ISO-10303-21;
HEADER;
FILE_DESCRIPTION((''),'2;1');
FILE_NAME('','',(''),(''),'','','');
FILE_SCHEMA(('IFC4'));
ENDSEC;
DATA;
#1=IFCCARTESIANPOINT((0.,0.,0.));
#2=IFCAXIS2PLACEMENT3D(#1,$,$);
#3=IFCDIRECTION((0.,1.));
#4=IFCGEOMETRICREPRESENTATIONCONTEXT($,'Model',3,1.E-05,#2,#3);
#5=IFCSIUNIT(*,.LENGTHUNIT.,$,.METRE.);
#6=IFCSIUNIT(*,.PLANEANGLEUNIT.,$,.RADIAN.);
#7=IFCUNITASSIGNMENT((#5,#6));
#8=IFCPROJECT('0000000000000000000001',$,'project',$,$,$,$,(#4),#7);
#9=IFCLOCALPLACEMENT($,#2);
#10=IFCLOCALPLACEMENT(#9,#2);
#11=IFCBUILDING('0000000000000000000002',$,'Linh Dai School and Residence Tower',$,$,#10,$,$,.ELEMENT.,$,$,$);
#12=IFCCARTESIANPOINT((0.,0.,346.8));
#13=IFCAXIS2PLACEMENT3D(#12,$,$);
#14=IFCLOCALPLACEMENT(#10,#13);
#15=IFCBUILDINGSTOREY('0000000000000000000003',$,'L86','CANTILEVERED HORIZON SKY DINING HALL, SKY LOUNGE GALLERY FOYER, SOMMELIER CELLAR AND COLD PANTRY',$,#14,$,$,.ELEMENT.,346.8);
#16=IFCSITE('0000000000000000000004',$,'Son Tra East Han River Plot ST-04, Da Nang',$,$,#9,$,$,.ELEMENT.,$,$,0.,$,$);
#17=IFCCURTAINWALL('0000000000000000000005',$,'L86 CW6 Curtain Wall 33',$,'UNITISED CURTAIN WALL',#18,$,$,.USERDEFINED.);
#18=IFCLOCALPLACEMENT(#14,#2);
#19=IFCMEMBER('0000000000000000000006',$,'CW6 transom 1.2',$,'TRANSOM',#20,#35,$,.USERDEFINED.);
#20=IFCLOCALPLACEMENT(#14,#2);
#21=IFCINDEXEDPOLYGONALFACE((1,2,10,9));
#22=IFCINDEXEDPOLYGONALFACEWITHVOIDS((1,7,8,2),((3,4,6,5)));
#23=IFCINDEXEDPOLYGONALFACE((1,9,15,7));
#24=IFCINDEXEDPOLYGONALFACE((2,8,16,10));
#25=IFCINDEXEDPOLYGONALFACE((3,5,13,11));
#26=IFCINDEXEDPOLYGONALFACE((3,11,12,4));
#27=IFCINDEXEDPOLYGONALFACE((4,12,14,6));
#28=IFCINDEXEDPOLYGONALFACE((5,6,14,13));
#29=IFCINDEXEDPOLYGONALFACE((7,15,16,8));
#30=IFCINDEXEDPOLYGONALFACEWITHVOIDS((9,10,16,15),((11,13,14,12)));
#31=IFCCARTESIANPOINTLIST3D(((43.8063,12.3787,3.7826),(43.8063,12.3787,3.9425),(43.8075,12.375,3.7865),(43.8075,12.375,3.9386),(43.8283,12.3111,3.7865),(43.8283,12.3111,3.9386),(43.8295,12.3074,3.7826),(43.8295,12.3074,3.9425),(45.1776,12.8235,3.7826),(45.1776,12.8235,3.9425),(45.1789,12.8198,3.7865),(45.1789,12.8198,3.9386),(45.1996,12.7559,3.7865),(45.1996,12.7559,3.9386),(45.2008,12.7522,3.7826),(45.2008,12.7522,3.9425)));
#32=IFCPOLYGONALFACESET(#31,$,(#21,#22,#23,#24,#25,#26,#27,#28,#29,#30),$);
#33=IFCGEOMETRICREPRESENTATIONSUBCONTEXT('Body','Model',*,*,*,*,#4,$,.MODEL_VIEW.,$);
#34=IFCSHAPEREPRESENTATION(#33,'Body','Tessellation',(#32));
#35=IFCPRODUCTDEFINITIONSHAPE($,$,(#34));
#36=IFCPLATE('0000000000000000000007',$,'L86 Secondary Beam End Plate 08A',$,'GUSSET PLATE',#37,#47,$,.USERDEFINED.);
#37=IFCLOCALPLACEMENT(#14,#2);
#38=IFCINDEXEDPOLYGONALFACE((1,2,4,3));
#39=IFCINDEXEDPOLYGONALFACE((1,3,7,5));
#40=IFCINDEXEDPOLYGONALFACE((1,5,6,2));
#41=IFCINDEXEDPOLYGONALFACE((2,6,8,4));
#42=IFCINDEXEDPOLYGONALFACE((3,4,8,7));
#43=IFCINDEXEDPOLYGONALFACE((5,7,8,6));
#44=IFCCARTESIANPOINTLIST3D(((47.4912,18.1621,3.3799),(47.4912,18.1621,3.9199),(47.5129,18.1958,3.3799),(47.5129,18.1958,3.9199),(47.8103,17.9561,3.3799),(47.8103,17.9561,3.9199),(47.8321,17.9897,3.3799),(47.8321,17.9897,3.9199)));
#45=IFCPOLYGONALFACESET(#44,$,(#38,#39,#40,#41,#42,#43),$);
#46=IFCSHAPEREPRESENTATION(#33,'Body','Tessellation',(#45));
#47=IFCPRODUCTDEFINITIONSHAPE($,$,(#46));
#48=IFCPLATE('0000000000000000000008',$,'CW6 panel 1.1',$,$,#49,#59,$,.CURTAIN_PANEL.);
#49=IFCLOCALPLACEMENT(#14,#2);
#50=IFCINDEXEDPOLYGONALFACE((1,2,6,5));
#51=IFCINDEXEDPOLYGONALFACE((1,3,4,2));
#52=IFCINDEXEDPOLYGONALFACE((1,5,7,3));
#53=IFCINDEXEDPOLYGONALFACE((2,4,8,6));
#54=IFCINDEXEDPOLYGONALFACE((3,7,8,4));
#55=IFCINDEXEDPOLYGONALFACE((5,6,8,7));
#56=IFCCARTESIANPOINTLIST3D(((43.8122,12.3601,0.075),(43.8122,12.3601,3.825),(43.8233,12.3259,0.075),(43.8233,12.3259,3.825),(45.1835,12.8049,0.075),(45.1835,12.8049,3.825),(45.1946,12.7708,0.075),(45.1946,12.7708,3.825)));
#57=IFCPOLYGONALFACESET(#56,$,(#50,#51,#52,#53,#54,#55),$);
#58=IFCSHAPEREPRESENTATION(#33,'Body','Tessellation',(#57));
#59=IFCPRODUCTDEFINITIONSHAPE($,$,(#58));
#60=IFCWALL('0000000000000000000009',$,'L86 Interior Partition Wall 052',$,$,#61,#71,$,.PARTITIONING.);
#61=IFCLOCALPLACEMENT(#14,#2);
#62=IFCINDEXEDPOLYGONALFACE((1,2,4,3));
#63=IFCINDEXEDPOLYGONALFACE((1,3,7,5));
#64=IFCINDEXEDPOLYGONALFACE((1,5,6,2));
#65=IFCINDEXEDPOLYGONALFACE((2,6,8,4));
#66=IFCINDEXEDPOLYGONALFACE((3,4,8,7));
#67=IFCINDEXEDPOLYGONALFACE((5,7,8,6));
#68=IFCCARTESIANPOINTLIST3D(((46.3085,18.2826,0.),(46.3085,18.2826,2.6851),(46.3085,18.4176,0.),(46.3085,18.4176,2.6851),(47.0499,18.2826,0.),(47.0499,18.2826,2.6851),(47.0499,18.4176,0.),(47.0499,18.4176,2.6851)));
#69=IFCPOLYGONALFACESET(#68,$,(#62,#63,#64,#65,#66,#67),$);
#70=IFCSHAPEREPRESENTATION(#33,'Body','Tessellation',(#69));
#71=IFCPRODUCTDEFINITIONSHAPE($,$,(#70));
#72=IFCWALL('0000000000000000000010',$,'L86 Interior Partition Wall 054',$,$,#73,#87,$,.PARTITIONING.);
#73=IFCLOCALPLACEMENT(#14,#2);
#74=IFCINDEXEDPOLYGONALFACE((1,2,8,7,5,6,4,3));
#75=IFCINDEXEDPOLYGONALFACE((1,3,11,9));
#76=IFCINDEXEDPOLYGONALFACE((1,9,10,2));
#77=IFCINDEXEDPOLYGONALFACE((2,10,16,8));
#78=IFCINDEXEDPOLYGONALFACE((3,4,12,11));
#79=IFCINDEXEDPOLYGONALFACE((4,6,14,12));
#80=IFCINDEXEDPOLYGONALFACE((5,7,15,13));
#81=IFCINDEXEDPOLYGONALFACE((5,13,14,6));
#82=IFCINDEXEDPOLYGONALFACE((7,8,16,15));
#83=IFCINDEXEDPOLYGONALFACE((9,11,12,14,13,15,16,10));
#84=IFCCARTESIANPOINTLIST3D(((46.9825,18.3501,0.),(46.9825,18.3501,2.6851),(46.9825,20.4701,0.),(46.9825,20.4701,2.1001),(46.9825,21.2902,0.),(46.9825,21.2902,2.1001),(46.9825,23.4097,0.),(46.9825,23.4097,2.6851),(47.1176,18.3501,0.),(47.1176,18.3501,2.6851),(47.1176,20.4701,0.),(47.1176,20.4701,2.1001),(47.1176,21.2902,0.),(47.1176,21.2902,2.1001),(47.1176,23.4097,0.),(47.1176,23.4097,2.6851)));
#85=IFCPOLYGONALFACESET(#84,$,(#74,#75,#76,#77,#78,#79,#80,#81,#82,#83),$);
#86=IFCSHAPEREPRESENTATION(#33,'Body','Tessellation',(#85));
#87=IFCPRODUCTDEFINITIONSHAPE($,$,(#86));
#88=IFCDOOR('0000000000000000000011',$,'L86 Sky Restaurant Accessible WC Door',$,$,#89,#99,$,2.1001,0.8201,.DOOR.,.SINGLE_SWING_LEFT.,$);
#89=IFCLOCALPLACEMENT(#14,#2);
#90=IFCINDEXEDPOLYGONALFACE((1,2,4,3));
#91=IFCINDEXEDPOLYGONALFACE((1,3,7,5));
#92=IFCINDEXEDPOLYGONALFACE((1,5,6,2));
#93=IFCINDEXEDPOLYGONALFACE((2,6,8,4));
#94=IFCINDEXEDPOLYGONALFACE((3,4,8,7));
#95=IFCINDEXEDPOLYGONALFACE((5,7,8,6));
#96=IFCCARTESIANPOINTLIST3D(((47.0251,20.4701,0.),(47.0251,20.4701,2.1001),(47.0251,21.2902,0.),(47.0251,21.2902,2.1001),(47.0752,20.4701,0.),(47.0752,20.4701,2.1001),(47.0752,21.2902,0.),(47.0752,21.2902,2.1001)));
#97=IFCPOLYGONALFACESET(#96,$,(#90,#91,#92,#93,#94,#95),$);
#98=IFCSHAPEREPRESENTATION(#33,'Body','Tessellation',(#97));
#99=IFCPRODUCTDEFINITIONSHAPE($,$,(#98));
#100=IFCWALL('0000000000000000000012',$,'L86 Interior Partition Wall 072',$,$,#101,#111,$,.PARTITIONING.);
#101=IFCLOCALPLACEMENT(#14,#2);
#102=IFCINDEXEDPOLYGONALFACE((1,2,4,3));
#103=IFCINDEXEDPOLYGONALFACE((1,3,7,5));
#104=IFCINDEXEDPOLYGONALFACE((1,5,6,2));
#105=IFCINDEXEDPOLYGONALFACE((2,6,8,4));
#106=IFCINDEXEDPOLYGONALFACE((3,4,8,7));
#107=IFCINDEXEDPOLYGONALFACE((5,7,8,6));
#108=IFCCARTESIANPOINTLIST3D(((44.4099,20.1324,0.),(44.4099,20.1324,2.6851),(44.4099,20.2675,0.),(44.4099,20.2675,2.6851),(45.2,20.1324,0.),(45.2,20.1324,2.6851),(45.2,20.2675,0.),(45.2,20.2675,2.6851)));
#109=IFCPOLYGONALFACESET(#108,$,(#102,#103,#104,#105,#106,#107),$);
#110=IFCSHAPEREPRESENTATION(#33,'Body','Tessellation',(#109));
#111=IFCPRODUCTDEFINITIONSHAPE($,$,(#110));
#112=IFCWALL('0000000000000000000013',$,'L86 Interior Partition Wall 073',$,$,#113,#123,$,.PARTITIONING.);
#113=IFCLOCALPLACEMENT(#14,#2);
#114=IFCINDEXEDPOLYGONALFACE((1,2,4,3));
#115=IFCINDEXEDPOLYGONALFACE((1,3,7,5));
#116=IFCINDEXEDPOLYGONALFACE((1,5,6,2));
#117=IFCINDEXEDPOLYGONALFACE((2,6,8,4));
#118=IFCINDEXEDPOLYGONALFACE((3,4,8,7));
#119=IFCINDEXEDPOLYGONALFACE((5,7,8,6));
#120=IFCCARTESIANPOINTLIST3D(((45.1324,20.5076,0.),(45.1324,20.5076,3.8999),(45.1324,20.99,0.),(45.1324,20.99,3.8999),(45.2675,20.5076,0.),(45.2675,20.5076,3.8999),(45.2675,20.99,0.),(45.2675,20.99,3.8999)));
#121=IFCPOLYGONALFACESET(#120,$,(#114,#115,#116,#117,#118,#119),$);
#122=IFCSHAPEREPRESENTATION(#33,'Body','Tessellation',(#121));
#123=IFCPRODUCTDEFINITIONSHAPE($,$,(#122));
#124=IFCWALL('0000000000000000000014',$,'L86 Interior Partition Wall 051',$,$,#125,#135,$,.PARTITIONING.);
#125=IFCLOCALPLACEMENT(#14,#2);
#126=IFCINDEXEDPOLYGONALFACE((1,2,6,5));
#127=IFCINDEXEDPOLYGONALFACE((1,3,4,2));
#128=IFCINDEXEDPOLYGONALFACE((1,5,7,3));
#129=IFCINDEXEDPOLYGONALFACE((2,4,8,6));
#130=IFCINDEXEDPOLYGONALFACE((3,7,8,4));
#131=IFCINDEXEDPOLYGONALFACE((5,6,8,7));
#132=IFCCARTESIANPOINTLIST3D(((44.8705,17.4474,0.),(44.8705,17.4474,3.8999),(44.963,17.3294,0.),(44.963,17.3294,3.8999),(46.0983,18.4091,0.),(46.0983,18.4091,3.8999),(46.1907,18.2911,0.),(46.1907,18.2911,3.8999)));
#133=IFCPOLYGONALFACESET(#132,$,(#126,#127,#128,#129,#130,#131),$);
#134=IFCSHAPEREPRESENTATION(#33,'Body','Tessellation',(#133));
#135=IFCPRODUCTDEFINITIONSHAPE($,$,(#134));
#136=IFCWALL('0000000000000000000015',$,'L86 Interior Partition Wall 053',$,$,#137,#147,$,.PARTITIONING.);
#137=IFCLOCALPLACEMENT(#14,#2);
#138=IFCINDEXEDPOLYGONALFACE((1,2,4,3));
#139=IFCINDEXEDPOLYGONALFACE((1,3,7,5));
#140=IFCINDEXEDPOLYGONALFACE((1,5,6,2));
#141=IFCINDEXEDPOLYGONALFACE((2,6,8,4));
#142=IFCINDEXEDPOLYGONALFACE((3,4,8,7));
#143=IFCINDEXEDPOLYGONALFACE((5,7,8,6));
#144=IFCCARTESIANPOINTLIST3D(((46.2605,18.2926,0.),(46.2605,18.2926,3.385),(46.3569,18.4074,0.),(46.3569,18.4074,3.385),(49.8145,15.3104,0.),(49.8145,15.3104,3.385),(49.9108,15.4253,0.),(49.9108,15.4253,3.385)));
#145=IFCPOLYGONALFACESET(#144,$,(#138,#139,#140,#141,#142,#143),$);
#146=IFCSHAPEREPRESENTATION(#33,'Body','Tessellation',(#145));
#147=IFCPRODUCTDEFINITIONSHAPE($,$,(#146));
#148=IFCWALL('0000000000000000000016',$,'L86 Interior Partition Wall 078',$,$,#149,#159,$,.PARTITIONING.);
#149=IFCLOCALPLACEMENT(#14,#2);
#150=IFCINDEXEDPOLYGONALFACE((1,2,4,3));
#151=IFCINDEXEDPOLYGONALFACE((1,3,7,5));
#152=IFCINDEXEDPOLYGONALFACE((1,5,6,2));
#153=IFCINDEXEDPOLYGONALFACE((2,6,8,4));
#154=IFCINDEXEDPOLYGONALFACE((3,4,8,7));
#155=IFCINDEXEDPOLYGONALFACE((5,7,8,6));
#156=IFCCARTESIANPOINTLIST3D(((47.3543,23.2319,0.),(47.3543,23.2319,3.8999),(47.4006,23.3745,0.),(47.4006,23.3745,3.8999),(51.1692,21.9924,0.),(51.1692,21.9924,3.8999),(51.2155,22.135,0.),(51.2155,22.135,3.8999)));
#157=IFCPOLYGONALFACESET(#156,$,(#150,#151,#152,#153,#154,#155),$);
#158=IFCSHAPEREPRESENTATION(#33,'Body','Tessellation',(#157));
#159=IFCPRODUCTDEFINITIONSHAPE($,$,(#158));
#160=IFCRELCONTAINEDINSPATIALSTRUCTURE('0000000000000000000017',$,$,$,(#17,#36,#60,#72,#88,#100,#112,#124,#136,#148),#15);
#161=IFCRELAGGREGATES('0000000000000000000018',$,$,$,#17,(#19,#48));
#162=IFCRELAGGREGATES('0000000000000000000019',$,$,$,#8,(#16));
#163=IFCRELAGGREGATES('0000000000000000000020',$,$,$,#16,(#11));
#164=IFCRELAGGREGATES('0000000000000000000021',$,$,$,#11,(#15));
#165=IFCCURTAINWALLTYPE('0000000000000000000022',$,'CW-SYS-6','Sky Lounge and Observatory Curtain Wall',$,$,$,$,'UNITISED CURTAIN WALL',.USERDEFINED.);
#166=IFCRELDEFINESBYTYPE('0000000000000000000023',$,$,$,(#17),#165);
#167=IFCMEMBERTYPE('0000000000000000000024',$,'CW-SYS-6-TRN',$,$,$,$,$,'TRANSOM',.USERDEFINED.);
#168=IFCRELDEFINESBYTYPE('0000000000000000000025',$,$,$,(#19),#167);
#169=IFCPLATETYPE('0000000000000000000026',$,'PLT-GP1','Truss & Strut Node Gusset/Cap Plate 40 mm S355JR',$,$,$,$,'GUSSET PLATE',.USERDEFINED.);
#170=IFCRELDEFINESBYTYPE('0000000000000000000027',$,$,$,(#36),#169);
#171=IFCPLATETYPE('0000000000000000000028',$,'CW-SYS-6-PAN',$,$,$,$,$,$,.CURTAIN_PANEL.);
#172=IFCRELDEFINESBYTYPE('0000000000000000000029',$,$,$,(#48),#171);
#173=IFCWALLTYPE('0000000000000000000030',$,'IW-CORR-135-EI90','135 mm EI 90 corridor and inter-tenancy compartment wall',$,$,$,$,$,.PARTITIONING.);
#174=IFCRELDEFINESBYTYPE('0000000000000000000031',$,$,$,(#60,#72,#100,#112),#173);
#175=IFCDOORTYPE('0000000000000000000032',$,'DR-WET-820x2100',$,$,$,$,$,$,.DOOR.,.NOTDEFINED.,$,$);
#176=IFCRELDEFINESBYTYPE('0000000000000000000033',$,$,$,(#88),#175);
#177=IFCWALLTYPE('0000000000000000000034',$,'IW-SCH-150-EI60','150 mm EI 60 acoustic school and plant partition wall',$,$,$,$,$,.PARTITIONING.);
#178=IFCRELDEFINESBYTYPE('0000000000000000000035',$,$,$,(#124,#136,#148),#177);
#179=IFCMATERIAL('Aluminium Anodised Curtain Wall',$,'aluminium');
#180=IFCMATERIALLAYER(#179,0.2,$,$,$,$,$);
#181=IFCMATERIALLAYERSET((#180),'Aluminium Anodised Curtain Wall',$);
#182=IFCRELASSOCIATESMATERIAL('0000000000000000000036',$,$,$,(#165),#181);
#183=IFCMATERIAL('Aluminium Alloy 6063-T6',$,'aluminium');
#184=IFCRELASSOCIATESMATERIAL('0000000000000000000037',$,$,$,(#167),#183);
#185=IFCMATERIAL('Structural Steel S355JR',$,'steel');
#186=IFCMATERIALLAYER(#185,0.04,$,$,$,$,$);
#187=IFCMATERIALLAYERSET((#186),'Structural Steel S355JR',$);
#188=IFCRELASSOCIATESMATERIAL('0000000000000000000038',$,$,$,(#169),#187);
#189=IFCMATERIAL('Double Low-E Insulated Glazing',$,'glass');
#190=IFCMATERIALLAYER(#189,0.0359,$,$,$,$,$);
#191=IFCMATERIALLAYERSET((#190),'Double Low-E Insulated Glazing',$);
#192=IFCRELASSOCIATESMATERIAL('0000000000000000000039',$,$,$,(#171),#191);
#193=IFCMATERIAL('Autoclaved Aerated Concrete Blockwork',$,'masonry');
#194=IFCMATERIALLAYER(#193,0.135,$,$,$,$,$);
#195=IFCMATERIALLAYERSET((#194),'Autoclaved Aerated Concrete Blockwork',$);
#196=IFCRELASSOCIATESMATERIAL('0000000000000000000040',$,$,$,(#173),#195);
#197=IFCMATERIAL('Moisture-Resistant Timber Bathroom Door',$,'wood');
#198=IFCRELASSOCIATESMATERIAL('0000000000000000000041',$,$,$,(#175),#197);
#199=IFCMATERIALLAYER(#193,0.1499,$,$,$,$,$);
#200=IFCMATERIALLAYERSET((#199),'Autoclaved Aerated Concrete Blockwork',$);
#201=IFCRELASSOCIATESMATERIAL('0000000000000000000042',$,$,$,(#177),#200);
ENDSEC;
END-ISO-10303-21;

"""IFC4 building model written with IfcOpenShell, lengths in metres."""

from ifc_helpers import new_model, si_unit, direction, frame, frame_2d, origin, origin_2d, place, context, subcontext, project, spatial, rectangle, hollow_rectangle, extrude, source, transform, mapped, material, layer, layer_set, material_profile, profile_set, type_object, element, fill, aggregate, save


model = new_model("IFC4")

# Units and contexts
model_context = context("Model", 3, precision=1e-05, world=origin(), true_north=direction((0.0, 1.0)))
body_context = subcontext(model_context, "Body", "Model", "MODEL_VIEW")
ifc_project = project(units=[si_unit("LENGTHUNIT", "METRE"), si_unit("PLANEANGLEUNIT", "RADIAN")], contexts=[model_context])

# Site, building, storey
site_placement = place(None, origin())
site = spatial("IfcSite", under=ifc_project, at=site_placement, Name="Son Tra East Han River Plot ST-04, Da Nang", CompositionType="ELEMENT", RefElevation=0.0)
building_placement = place(site_placement, origin())
building = spatial("IfcBuilding", under=site, at=building_placement, Name="Linh Dai School and Residence Tower", CompositionType="ELEMENT")
storey_placement = place(building_placement, frame((0.0, 0.0, 346.8)))
storey = spatial("IfcBuildingStorey", under=building, at=storey_placement, Name="L86", Description="CANTILEVERED HORIZON SKY DINING HALL, SKY LOUNGE GALLERY FOYER, SOMMELIER CELLAR AND COLD PANTRY", CompositionType="ELEMENT", Elevation=346.8)

# Shared definitions
ifc_material_1 = material(Name="Structural Steel S355JR", Category="steel")

# Curtain wall, member
ifc_material_2 = material(Name="Aluminium Anodised Curtain Wall", Category="aluminium")
ifc_layer_1 = layer(ifc_material_2, 0.2)
ifc_layer_set_1 = layer_set([ifc_layer_1], Name="Aluminium Anodised Curtain Wall")
curtain_wall_type = type_object("IfcCurtainWallType", Name="CW-SYS-6", Description="Sky Lounge and Observatory Curtain Wall", ElementType="UNITISED CURTAIN WALL", PredefinedType="USERDEFINED", material=ifc_layer_set_1)
curtain_wall_placement = place(storey_placement, origin())
curtain_wall = element("IfcCurtainWall", 1, at=curtain_wall_placement, inside=storey, type_object=curtain_wall_type, Name="L86 CW6 Curtain Wall 33", ObjectType="UNITISED CURTAIN WALL", PredefinedType="USERDEFINED")
ifc_material_3 = material(Name="Aluminium Alloy 6063-T6", Category="aluminium")
ifc_material_profile_1 = material_profile(ifc_material_3, hollow_rectangle(XDim=0.075, YDim=0.1599, WallThickness=0.0039, at=origin_2d()), Name="RHS 160x75x4")
ifc_profile_set_1 = profile_set([ifc_material_profile_1], Name="Aluminium Alloy 6063-T6")
member_type_1 = type_object("IfcMemberType", Name="CW-SYS-6-TRN", ElementType="TRANSOM", PredefinedType="USERDEFINED", material=ifc_profile_set_1)
shared_shape_1 = source(origin(), body_context, "Body", "SweptSolid", [
    extrude(hollow_rectangle(XDim=0.075, YDim=0.1599, WallThickness=0.0039, at=origin_2d()), origin(), (0.0, 0.0, 1.0), 1.4417),
])
member_1_placement = place(storey_placement, frame((45.1892, 12.7878, 3.8625), z_axis=(-0.951209, -0.308546, 0.0), x_axis=(0.308546, -0.951209, 0.0)))
member_1 = element("IfcMember", 2, at=member_1_placement, type_object=member_type_1, Name="CW6 transom 1.2", ObjectType="TRANSOM", PredefinedType="USERDEFINED", context=body_context, shape_type="MappedRepresentation", body=[
    mapped(shared_shape_1, transform((0.0, 0.0, 0.0), x_axis=(1.0, 0.0, 0.0), y_axis=(0.0, 1.0, 0.0), z_axis=(0.0, 0.0, 1.0), scale=1.0)),
])

# Plates
ifc_layer_2 = layer(ifc_material_1, 0.04)
ifc_layer_set_2 = layer_set([ifc_layer_2], Name="Structural Steel S355JR")
plate_type_1 = type_object("IfcPlateType", Name="PLT-GP1", Description="Truss & Strut Node Gusset/Cap Plate 40 mm S355JR", ElementType="GUSSET PLATE", PredefinedType="USERDEFINED", material=ifc_layer_set_2)
shared_shape_2 = source(origin(), body_context, "Body", "SweptSolid", [
    extrude(rectangle(XDim=0.04, YDim=0.3799, at=origin_2d()), origin(), (0.0, 0.0, 1.0), 0.54),
])
plate_1_placement = place(storey_placement, frame((47.6616, 18.0759, 3.3799), z_axis=(0.0, 0.0, 1.0), x_axis=(0.542322, 0.840171, 0.0)))
element("IfcPlate", 3, at=plate_1_placement, inside=storey, type_object=plate_type_1, Name="L86 Secondary Beam End Plate 08A", ObjectType="GUSSET PLATE", PredefinedType="USERDEFINED", context=body_context, shape_type="MappedRepresentation", body=[
    mapped(shared_shape_2, transform((0.0, 0.0, 0.0), x_axis=(1.0, 0.0, 0.0), y_axis=(0.0, 1.0, 0.0), z_axis=(0.0, 0.0, 1.0), scale=1.0)),
])
ifc_material_4 = material(Name="Double Low-E Insulated Glazing", Category="glass")
ifc_layer_3 = layer(ifc_material_4, 0.0359)
ifc_layer_set_3 = layer_set([ifc_layer_3], Name="Double Low-E Insulated Glazing")
plate_type_2 = type_object("IfcPlateType", Name="CW-SYS-6-PAN", PredefinedType="CURTAIN_PANEL", material=ifc_layer_set_3)
shared_shape_3 = source(origin(), body_context, "Body", "SweptSolid", [
    extrude(rectangle(XDim=1.4417, YDim=0.0359, at=origin_2d()), origin(), (0.0, 0.0, 1.0), 3.75),
])
plate_2_placement = place(storey_placement, frame((44.5034, 12.5654, 0.075), z_axis=(0.0, 0.0, 1.0), x_axis=(-0.951203, -0.308565, 0.0)))
plate_2 = element("IfcPlate", 4, at=plate_2_placement, type_object=plate_type_2, Name="CW6 panel 1.1", PredefinedType="CURTAIN_PANEL", context=body_context, shape_type="MappedRepresentation", body=[
    mapped(shared_shape_3, transform((0.0, 0.0, 0.0), x_axis=(1.0, 0.0, 0.0), y_axis=(0.0, 1.0, 0.0), z_axis=(0.0, 0.0, 1.0), scale=1.0)),
])
aggregate(curtain_wall, [member_1, plate_2])

# Wall
ifc_material_5 = material(Name="Autoclaved Aerated Concrete Blockwork", Category="masonry")
ifc_layer_4 = layer(ifc_material_5, 0.135)
ifc_layer_set_4 = layer_set([ifc_layer_4], Name="Autoclaved Aerated Concrete Blockwork")
wall_type_1 = type_object("IfcWallType", Name="IW-CORR-135-EI90", Description="135 mm EI 90 corridor and inter-tenancy compartment wall", PredefinedType="PARTITIONING", material=ifc_layer_set_4)
wall_1_placement = place(storey_placement, frame((46.3086, 18.3501, 0.0), z_axis=(0.0, 0.0, 1.0), x_axis=(1.0, 0.0, 0.0)))
element("IfcWall", 5, at=wall_1_placement, inside=storey, type_object=wall_type_1, Name="L86 Interior Partition Wall 052", PredefinedType="PARTITIONING", context=body_context, shape_type="SweptSolid", body=[
    extrude(rectangle(XDim=0.7415, YDim=0.135, at=frame_2d((0.3706, 0.0))), origin(), (0.0, 0.0, 1.0), 2.6851),
])

# Wall, opening, door
wall_2_placement = place(storey_placement, frame((47.05, 18.3501, 0.0), z_axis=(0.0, 0.0, 1.0), x_axis=(0.0, 1.0, 0.0)))
wall_2 = element("IfcWall", 6, at=wall_2_placement, inside=storey, type_object=wall_type_1, Name="L86 Interior Partition Wall 054", PredefinedType="PARTITIONING", context=body_context, shape_type="SweptSolid", body=[
    extrude(rectangle(XDim=5.0596, YDim=0.135, at=frame_2d((2.5298, 0.0))), origin(), (0.0, 0.0, 1.0), 2.6851),
])
opening_1_placement = place(wall_2_placement, frame((2.1199, 0.0, 0.0)))
opening_1 = element("IfcOpeningElement", 7, at=opening_1_placement, cuts=wall_2, PredefinedType="OPENING", context=body_context, shape_type="SweptSolid", body=[
    extrude(rectangle(XDim=0.8201, YDim=2.1001, at=origin_2d()), frame((0.4102, 0.0776, 1.05), z_axis=(0.0, -1.0, 0.0), x_axis=(1.0, 0.0, 0.0)), (0.0, 0.0, 1.0), 0.155),
])
ifc_material_6 = material(Name="Moisture-Resistant Timber Bathroom Door", Category="wood")
door_type_1 = type_object("IfcDoorType", Name="DR-WET-820x2100", OperationType="NOTDEFINED", PredefinedType="DOOR", material=ifc_material_6)
shared_shape_4 = source(origin(), body_context, "Body", "SweptSolid", [
    extrude(rectangle(XDim=0.8201, YDim=2.1001, at=origin_2d()), frame((0.4102, 0.0249, 1.05), z_axis=(0.0, -1.0, 0.0), x_axis=(1.0, 0.0, 0.0)), (0.0, 0.0, 1.0), 0.05),
])
door_1_placement = place(opening_1_placement, origin())
door_1 = element("IfcDoor", 8, at=door_1_placement, inside=storey, type_object=door_type_1, Name="L86 Sky Restaurant Accessible WC Door", OperationType="SINGLE_SWING_LEFT", OverallHeight=2.1001, OverallWidth=0.8201, PredefinedType="DOOR", context=body_context, shape_type="MappedRepresentation", body=[
    mapped(shared_shape_4, transform((0.0, 0.0, 0.0), x_axis=(1.0, 0.0, 0.0), y_axis=(0.0, 1.0, 0.0), z_axis=(0.0, 0.0, 1.0), scale=1.0)),
])
fill(opening_1, door_1)

# Walls
wall_3_placement = place(storey_placement, frame((44.4099, 20.2, 0.0), z_axis=(0.0, 0.0, 1.0), x_axis=(1.0, 0.0, 0.0)))
element("IfcWall", 9, at=wall_3_placement, inside=storey, type_object=wall_type_1, Name="L86 Interior Partition Wall 072", PredefinedType="PARTITIONING", context=body_context, shape_type="SweptSolid", body=[
    extrude(rectangle(XDim=0.79, YDim=0.135, at=frame_2d((0.395, 0.0))), origin(), (0.0, 0.0, 1.0), 2.6851),
])
wall_4_placement = place(storey_placement, frame((45.2, 20.5076, 0.0), z_axis=(0.0, 0.0, 1.0), x_axis=(0.0, 1.0, 0.0)))
element("IfcWall", 10, at=wall_4_placement, inside=storey, type_object=wall_type_1, Name="L86 Interior Partition Wall 073", PredefinedType="PARTITIONING", context=body_context, shape_type="SweptSolid", body=[
    extrude(rectangle(XDim=0.4824, YDim=0.135, at=frame_2d((0.2412, 0.0))), origin(), (0.0, 0.0, 1.0), 3.8999),
])
ifc_layer_5 = layer(ifc_material_5, 0.1499)
ifc_layer_set_5 = layer_set([ifc_layer_5], Name="Autoclaved Aerated Concrete Blockwork")
wall_type_2 = type_object("IfcWallType", Name="IW-SCH-150-EI60", Description="150 mm EI 60 acoustic school and plant partition wall", PredefinedType="PARTITIONING", material=ifc_layer_set_5)
wall_5_placement = place(storey_placement, frame((44.9167, 17.3884, 0.0), z_axis=(0.0, 0.0, 1.0), x_axis=(0.787257, 0.616625, 0.0)))
element("IfcWall", 11, at=wall_5_placement, inside=storey, type_object=wall_type_2, Name="L86 Interior Partition Wall 051", PredefinedType="PARTITIONING", context=body_context, shape_type="SweptSolid", body=[
    extrude(rectangle(XDim=1.5596, YDim=0.1499, at=frame_2d((0.7798, 0.0))), origin(), (0.0, 0.0, 1.0), 3.8999),
])
wall_6_placement = place(storey_placement, frame((46.3086, 18.3501, 0.0), z_axis=(0.0, 0.0, 1.0), x_axis=(0.766039, -0.642795, 0.0)))
element("IfcWall", 12, at=wall_6_placement, inside=storey, type_object=wall_type_2, Name="L86 Interior Partition Wall 053", PredefinedType="PARTITIONING", context=body_context, shape_type="SweptSolid", body=[
    extrude(rectangle(XDim=4.6394, YDim=0.1499, at=frame_2d((2.3198, 0.0))), origin(), (0.0, 0.0, 1.0), 3.385),
])
wall_7_placement = place(storey_placement, frame((47.3774, 23.3032, 0.0), z_axis=(0.0, 0.0, 1.0), x_axis=(0.95106, -0.309006, 0.0)))
element("IfcWall", 13, at=wall_7_placement, inside=storey, type_object=wall_type_2, Name="L86 Interior Partition Wall 078", PredefinedType="PARTITIONING", context=body_context, shape_type="SweptSolid", body=[
    extrude(rectangle(XDim=4.0112, YDim=0.1499, at=frame_2d((2.0056, 0.0))), origin(), (0.0, 0.0, 1.0), 3.8999),
])

save(model, "model.ifc")
